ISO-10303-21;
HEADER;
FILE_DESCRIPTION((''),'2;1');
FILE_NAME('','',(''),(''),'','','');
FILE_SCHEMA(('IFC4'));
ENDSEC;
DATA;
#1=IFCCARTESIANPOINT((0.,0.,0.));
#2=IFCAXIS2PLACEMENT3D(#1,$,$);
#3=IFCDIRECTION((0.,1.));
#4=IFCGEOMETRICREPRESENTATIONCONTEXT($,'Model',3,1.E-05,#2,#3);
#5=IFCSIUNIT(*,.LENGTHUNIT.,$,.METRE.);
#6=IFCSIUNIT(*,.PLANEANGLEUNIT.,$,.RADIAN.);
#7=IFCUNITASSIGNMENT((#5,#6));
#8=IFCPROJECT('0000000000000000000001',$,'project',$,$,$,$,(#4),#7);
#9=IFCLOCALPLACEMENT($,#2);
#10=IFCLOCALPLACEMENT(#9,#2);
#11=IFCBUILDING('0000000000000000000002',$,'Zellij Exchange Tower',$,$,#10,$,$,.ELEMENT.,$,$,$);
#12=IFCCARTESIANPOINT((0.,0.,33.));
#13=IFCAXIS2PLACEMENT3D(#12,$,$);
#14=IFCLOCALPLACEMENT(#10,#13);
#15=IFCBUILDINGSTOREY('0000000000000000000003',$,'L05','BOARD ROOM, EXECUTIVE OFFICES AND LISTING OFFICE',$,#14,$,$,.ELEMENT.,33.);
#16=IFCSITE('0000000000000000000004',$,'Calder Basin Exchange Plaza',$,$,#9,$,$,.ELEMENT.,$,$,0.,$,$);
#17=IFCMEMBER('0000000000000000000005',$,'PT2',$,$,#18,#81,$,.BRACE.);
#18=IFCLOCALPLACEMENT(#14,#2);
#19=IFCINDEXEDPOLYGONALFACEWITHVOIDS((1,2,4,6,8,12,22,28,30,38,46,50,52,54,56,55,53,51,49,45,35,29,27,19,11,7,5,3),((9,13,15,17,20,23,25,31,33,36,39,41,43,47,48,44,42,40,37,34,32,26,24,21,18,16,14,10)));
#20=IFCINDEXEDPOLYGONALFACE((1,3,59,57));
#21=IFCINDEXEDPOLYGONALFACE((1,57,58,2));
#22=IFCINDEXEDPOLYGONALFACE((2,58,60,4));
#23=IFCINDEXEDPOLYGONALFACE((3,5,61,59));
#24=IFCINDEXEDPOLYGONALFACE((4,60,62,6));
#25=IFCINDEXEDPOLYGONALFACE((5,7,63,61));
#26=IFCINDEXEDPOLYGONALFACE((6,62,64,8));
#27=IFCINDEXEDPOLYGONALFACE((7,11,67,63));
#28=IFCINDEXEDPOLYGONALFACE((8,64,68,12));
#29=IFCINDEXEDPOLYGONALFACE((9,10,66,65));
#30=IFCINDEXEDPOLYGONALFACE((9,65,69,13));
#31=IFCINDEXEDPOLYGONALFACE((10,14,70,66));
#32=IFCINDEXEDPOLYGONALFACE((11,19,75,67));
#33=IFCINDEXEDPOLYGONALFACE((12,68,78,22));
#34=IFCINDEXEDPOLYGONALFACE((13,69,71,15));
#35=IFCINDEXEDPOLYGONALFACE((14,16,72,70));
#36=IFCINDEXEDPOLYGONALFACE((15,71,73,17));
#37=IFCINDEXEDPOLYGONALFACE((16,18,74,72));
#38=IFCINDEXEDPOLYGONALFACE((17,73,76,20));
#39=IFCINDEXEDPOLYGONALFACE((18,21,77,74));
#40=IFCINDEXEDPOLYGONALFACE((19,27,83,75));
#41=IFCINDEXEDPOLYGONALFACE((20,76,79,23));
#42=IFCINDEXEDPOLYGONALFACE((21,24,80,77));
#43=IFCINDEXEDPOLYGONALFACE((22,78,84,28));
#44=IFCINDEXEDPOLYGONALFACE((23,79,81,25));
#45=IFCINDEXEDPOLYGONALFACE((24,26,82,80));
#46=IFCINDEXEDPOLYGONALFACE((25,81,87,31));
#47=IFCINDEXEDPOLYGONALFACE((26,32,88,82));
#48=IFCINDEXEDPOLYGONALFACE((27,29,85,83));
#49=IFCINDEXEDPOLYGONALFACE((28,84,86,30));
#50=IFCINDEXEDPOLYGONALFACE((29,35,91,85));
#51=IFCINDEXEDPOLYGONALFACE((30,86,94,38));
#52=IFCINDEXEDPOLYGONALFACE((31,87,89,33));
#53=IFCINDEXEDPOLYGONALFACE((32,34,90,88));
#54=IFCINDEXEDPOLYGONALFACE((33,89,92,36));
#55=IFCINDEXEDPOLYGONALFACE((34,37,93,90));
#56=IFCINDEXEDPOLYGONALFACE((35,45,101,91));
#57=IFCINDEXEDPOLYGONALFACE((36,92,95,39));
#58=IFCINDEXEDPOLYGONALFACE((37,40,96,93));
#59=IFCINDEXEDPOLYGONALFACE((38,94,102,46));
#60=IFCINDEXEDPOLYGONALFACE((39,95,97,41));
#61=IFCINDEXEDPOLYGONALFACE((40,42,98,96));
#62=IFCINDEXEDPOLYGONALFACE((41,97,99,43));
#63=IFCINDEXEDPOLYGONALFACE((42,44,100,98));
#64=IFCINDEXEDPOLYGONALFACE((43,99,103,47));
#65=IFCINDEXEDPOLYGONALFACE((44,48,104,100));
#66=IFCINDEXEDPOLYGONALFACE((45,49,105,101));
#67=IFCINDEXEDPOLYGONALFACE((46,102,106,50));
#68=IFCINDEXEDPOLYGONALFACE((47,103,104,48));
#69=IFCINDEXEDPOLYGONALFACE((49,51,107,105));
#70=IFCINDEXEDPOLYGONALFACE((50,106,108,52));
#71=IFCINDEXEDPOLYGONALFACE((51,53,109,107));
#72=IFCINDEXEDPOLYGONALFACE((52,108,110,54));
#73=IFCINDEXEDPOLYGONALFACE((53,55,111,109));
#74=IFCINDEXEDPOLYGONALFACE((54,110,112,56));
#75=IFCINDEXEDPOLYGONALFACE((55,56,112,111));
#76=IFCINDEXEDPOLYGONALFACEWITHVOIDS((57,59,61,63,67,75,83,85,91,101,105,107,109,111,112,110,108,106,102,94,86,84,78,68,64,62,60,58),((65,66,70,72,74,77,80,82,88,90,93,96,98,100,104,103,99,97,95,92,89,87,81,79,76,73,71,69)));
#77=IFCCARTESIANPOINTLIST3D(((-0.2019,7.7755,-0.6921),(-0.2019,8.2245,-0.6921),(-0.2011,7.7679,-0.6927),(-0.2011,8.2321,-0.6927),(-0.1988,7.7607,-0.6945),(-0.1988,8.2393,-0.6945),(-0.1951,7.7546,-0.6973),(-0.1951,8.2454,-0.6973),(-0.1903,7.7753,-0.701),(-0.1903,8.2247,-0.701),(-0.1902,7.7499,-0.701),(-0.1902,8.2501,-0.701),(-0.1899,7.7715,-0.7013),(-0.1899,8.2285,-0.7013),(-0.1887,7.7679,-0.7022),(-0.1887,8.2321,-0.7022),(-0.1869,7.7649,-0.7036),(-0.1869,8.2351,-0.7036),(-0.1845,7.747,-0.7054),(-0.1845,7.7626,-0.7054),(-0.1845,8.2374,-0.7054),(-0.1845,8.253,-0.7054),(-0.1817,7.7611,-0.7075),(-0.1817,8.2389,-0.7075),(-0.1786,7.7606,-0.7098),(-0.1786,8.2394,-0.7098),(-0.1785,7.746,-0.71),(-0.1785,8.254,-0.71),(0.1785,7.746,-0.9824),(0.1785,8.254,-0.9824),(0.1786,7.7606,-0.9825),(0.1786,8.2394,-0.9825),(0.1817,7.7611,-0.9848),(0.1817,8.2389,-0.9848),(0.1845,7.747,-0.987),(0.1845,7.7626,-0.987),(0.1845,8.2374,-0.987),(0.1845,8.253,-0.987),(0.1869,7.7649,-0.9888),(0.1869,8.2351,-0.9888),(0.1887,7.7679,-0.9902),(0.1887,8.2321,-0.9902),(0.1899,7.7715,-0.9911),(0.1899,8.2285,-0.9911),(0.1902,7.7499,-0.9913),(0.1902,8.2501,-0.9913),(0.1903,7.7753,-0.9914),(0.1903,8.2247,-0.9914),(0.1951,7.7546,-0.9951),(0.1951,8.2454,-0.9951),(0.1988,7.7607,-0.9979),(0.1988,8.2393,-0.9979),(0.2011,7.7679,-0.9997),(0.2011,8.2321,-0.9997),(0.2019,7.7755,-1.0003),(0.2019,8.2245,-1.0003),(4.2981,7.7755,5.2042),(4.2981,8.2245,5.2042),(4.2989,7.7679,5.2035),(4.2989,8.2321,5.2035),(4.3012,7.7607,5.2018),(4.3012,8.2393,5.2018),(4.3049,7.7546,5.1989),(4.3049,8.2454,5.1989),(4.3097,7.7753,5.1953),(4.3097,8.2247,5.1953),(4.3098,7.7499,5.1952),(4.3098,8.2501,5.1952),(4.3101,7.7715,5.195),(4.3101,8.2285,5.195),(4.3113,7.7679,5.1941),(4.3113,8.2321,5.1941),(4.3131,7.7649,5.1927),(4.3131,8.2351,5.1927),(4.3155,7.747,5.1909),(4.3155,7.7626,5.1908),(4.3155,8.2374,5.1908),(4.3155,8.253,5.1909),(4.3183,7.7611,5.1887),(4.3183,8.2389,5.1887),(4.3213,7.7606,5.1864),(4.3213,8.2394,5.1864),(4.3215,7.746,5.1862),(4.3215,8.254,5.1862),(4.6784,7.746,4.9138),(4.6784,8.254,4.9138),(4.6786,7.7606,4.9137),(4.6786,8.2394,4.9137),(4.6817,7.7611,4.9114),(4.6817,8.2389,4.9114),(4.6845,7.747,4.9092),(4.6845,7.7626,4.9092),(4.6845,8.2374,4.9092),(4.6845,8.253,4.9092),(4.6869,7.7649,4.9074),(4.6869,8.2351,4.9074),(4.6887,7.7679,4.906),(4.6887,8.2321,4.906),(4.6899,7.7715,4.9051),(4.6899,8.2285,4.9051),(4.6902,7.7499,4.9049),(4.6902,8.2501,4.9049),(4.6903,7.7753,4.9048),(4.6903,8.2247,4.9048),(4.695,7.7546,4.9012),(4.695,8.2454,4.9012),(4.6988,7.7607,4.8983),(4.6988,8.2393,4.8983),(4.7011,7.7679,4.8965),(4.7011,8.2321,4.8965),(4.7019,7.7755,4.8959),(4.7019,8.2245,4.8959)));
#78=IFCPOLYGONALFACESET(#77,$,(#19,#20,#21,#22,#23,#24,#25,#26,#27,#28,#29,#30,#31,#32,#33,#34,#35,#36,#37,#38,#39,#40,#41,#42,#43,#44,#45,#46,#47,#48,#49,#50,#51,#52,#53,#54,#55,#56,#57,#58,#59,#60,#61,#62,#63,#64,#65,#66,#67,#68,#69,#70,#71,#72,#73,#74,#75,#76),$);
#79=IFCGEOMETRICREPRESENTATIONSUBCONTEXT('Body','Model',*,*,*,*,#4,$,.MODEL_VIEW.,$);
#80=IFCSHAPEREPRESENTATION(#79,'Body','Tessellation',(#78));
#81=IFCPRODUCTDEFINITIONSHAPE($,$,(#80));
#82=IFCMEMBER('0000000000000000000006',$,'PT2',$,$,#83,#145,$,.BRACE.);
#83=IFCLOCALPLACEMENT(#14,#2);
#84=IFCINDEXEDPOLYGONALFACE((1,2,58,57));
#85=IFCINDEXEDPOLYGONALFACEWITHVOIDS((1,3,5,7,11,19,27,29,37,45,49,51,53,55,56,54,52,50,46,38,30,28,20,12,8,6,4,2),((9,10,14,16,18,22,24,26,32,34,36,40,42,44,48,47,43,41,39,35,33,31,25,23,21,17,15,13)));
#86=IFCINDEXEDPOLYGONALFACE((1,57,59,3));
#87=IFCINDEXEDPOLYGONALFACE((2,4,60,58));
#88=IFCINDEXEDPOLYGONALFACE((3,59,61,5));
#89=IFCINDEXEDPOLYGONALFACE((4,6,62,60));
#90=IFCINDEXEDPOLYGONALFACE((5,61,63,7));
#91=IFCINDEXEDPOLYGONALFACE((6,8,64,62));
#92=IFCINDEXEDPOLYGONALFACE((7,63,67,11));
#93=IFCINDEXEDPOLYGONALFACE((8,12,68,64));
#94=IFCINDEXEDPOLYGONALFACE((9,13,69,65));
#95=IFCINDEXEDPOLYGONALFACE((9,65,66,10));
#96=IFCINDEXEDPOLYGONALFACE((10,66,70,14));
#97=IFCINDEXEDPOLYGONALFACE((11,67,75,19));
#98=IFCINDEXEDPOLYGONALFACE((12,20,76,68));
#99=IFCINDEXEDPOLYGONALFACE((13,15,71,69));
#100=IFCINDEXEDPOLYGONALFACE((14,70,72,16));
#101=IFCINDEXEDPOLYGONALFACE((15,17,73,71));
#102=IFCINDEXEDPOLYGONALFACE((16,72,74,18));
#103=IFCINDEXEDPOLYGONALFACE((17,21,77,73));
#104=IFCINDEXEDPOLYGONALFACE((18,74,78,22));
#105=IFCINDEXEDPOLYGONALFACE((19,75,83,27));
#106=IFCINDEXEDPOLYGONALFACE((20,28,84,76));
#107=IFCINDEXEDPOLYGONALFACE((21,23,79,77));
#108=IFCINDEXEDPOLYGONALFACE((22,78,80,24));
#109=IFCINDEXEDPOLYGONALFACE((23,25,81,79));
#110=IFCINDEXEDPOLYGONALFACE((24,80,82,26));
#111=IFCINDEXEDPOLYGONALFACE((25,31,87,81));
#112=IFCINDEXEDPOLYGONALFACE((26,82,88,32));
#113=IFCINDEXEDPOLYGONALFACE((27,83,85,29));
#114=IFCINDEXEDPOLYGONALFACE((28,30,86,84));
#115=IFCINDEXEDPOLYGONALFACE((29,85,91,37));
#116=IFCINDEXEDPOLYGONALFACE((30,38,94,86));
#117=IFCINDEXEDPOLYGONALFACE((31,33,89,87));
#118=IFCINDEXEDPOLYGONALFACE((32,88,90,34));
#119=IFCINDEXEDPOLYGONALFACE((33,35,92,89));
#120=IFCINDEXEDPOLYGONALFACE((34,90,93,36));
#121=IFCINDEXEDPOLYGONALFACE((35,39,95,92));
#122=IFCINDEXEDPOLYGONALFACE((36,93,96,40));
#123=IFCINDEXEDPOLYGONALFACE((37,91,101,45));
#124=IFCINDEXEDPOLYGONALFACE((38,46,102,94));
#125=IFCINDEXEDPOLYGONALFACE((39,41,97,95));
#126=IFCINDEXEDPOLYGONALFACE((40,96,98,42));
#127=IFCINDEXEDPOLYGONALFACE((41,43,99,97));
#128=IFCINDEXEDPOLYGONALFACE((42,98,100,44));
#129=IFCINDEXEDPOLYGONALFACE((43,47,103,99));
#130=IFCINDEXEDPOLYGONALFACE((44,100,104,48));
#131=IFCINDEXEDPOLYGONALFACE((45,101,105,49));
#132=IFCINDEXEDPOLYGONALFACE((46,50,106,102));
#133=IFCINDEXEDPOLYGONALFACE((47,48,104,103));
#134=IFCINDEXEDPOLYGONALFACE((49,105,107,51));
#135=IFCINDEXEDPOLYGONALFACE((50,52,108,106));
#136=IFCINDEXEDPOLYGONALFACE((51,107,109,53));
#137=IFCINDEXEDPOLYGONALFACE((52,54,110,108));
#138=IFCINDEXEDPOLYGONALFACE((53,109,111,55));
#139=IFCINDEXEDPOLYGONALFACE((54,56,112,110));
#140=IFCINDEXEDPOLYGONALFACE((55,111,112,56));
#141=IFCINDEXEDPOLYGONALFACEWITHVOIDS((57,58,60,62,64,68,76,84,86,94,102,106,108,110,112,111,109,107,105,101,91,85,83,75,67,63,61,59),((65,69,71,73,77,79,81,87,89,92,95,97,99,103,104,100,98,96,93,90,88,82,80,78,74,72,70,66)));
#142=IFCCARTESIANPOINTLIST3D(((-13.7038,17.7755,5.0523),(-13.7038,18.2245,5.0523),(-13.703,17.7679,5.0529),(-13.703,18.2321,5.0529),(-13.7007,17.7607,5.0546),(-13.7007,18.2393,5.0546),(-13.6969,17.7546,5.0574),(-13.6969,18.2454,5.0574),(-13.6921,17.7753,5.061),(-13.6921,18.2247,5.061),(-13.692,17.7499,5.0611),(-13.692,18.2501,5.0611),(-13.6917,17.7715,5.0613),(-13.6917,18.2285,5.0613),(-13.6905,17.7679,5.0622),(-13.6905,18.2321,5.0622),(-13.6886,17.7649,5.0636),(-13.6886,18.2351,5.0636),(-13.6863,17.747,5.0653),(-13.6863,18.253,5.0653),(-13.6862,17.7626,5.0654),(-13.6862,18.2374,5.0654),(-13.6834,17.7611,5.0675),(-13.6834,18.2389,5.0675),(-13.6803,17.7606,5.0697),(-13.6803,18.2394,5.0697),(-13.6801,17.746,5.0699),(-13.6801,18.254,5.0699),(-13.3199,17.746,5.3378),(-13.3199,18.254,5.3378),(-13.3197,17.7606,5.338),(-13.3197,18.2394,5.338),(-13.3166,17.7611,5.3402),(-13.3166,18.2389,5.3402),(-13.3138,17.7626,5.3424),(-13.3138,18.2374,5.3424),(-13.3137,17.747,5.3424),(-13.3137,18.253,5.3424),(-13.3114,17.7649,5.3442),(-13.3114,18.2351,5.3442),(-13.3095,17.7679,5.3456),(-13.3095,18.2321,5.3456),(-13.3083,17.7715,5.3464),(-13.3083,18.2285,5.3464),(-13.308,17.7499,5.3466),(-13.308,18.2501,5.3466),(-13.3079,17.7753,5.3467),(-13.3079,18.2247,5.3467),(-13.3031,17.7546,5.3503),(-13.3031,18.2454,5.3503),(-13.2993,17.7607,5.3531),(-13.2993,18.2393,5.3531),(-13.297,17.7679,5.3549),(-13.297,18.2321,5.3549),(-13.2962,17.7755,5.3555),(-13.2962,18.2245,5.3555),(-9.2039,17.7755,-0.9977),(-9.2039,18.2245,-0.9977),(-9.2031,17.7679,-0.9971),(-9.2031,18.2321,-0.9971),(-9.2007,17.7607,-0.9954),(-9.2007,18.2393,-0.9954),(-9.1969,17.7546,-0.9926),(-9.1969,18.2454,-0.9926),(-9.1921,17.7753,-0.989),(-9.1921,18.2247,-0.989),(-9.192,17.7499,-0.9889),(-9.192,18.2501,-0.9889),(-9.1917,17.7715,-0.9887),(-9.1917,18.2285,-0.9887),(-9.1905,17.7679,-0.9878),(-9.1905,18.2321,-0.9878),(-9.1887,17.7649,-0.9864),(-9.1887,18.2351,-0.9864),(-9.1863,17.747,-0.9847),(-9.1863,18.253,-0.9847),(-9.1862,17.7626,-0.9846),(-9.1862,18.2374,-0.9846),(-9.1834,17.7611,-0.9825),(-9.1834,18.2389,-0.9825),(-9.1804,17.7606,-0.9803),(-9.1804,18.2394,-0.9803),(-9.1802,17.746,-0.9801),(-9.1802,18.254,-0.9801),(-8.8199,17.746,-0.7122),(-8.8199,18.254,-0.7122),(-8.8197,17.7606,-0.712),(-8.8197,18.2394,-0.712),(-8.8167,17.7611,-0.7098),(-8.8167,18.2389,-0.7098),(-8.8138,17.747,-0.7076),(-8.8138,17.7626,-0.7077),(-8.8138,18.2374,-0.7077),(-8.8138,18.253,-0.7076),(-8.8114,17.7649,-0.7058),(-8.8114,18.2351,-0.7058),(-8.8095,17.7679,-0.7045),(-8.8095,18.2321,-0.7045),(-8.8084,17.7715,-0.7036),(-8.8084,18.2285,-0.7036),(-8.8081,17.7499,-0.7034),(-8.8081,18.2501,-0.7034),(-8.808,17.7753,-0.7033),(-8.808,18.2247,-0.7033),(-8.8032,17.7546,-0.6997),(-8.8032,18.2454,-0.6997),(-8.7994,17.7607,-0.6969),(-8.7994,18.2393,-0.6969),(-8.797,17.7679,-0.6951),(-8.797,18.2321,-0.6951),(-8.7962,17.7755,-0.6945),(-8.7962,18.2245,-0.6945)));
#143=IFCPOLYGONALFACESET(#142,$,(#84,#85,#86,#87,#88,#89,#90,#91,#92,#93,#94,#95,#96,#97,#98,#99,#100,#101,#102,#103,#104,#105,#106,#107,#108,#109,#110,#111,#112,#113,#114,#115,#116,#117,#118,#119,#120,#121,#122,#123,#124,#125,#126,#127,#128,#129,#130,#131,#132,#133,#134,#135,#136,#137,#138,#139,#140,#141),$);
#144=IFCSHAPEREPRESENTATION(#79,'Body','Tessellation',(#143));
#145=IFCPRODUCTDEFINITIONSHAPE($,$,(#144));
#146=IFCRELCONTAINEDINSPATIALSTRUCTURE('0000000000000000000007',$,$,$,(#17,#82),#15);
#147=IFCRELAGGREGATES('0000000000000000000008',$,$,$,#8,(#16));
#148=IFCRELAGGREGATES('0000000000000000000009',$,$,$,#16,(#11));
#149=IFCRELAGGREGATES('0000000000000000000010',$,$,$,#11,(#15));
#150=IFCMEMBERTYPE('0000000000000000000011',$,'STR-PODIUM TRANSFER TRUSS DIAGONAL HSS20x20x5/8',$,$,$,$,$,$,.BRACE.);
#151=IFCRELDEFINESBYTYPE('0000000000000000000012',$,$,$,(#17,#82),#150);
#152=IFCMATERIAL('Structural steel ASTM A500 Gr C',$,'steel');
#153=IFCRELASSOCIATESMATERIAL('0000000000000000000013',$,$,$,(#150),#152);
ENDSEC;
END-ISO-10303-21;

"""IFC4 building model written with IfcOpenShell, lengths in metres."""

from ifc_helpers import new_model, si_unit, direction, frame, origin, origin_2d, place, context, subcontext, project, spatial, hollow_rectangle, extrude, material, material_profile, profile_set, type_object, element, save


model = new_model("IFC4")

# Units and contexts
model_context = context("Model", 3, precision=1e-05, world=origin(), true_north=direction((0.0, 1.0)))
body_context = subcontext(model_context, "Body", "Model", "MODEL_VIEW")
ifc_project = project(units=[si_unit("LENGTHUNIT", "METRE"), si_unit("PLANEANGLEUNIT", "RADIAN")], contexts=[model_context])

# Site, building, storey
site_placement = place(None, origin())
site = spatial("IfcSite", under=ifc_project, at=site_placement, Name="Calder Basin Exchange Plaza", CompositionType="ELEMENT", RefElevation=0.0)
building_placement = place(site_placement, origin())
building = spatial("IfcBuilding", under=site, at=building_placement, Name="Zellij Exchange Tower", CompositionType="ELEMENT")
storey_placement = place(building_placement, frame((0.0, 0.0, 33.0)))
storey = spatial("IfcBuildingStorey", under=building, at=storey_placement, Name="L05", Description="BOARD ROOM, EXECUTIVE OFFICES AND LISTING OFFICE", CompositionType="ELEMENT", Elevation=33.0)

# Members
ifc_material_1 = material(Name="Structural steel ASTM A500 Gr C", Category="steel")
ifc_material_profile_1 = material_profile(ifc_material_1, hollow_rectangle(XDim=0.5081, YDim=0.5081, WallThickness=0.0146, InnerFilletRadius=0.0146, OuterFilletRadius=0.0295, at=origin_2d()), Name="STR-PODIUM TRANSFER TRUSS DIAGONAL HSS20x20x5/8")
ifc_profile_set_1 = profile_set([ifc_material_profile_1], Name="Structural steel ASTM A500 Gr C")
member_type_1 = type_object("IfcMemberType", Name="STR-PODIUM TRANSFER TRUSS DIAGONAL HSS20x20x5/8", PredefinedType="BRACE", material=ifc_profile_set_1)
for number, where, z_axis, x_axis, name in (
    (1, (0.0, 8.0, -0.8462), (0.606694, 0.0, 0.794936), (0.0, 1.0, 0.0), "PT2"),
):
    element("IfcMember", number, at=place(storey_placement, frame(where, z_axis=z_axis, x_axis=x_axis)), inside=storey, type_object=member_type_1, Name=name, PredefinedType="BRACE", context=body_context, shape_type="SweptSolid", body=[
        extrude(hollow_rectangle(XDim=0.5081, YDim=0.5081, WallThickness=0.0146, InnerFilletRadius=0.0146, OuterFilletRadius=0.0295, at=origin_2d()), origin(), (0.0, 0.0, 1.0), 7.4172),
    ])
for number, where, z_axis, x_axis, name in (
    (2, (-13.5, 18.0, 5.2039), (0.596809, 0.0, -0.802383), (0.0, 1.0, 0.0), "PT2"),
):
    element("IfcMember", number, at=place(storey_placement, frame(where, z_axis=z_axis, x_axis=x_axis)), inside=storey, type_object=member_type_1, Name=name, PredefinedType="BRACE", context=body_context, shape_type="SweptSolid", body=[
        extrude(hollow_rectangle(XDim=0.5081, YDim=0.5081, WallThickness=0.0146, InnerFilletRadius=0.0146, OuterFilletRadius=0.0295, at=origin_2d()), origin(), (0.0, 0.0, 1.0), 7.54),
    ])

save(model, "model.ifc")
